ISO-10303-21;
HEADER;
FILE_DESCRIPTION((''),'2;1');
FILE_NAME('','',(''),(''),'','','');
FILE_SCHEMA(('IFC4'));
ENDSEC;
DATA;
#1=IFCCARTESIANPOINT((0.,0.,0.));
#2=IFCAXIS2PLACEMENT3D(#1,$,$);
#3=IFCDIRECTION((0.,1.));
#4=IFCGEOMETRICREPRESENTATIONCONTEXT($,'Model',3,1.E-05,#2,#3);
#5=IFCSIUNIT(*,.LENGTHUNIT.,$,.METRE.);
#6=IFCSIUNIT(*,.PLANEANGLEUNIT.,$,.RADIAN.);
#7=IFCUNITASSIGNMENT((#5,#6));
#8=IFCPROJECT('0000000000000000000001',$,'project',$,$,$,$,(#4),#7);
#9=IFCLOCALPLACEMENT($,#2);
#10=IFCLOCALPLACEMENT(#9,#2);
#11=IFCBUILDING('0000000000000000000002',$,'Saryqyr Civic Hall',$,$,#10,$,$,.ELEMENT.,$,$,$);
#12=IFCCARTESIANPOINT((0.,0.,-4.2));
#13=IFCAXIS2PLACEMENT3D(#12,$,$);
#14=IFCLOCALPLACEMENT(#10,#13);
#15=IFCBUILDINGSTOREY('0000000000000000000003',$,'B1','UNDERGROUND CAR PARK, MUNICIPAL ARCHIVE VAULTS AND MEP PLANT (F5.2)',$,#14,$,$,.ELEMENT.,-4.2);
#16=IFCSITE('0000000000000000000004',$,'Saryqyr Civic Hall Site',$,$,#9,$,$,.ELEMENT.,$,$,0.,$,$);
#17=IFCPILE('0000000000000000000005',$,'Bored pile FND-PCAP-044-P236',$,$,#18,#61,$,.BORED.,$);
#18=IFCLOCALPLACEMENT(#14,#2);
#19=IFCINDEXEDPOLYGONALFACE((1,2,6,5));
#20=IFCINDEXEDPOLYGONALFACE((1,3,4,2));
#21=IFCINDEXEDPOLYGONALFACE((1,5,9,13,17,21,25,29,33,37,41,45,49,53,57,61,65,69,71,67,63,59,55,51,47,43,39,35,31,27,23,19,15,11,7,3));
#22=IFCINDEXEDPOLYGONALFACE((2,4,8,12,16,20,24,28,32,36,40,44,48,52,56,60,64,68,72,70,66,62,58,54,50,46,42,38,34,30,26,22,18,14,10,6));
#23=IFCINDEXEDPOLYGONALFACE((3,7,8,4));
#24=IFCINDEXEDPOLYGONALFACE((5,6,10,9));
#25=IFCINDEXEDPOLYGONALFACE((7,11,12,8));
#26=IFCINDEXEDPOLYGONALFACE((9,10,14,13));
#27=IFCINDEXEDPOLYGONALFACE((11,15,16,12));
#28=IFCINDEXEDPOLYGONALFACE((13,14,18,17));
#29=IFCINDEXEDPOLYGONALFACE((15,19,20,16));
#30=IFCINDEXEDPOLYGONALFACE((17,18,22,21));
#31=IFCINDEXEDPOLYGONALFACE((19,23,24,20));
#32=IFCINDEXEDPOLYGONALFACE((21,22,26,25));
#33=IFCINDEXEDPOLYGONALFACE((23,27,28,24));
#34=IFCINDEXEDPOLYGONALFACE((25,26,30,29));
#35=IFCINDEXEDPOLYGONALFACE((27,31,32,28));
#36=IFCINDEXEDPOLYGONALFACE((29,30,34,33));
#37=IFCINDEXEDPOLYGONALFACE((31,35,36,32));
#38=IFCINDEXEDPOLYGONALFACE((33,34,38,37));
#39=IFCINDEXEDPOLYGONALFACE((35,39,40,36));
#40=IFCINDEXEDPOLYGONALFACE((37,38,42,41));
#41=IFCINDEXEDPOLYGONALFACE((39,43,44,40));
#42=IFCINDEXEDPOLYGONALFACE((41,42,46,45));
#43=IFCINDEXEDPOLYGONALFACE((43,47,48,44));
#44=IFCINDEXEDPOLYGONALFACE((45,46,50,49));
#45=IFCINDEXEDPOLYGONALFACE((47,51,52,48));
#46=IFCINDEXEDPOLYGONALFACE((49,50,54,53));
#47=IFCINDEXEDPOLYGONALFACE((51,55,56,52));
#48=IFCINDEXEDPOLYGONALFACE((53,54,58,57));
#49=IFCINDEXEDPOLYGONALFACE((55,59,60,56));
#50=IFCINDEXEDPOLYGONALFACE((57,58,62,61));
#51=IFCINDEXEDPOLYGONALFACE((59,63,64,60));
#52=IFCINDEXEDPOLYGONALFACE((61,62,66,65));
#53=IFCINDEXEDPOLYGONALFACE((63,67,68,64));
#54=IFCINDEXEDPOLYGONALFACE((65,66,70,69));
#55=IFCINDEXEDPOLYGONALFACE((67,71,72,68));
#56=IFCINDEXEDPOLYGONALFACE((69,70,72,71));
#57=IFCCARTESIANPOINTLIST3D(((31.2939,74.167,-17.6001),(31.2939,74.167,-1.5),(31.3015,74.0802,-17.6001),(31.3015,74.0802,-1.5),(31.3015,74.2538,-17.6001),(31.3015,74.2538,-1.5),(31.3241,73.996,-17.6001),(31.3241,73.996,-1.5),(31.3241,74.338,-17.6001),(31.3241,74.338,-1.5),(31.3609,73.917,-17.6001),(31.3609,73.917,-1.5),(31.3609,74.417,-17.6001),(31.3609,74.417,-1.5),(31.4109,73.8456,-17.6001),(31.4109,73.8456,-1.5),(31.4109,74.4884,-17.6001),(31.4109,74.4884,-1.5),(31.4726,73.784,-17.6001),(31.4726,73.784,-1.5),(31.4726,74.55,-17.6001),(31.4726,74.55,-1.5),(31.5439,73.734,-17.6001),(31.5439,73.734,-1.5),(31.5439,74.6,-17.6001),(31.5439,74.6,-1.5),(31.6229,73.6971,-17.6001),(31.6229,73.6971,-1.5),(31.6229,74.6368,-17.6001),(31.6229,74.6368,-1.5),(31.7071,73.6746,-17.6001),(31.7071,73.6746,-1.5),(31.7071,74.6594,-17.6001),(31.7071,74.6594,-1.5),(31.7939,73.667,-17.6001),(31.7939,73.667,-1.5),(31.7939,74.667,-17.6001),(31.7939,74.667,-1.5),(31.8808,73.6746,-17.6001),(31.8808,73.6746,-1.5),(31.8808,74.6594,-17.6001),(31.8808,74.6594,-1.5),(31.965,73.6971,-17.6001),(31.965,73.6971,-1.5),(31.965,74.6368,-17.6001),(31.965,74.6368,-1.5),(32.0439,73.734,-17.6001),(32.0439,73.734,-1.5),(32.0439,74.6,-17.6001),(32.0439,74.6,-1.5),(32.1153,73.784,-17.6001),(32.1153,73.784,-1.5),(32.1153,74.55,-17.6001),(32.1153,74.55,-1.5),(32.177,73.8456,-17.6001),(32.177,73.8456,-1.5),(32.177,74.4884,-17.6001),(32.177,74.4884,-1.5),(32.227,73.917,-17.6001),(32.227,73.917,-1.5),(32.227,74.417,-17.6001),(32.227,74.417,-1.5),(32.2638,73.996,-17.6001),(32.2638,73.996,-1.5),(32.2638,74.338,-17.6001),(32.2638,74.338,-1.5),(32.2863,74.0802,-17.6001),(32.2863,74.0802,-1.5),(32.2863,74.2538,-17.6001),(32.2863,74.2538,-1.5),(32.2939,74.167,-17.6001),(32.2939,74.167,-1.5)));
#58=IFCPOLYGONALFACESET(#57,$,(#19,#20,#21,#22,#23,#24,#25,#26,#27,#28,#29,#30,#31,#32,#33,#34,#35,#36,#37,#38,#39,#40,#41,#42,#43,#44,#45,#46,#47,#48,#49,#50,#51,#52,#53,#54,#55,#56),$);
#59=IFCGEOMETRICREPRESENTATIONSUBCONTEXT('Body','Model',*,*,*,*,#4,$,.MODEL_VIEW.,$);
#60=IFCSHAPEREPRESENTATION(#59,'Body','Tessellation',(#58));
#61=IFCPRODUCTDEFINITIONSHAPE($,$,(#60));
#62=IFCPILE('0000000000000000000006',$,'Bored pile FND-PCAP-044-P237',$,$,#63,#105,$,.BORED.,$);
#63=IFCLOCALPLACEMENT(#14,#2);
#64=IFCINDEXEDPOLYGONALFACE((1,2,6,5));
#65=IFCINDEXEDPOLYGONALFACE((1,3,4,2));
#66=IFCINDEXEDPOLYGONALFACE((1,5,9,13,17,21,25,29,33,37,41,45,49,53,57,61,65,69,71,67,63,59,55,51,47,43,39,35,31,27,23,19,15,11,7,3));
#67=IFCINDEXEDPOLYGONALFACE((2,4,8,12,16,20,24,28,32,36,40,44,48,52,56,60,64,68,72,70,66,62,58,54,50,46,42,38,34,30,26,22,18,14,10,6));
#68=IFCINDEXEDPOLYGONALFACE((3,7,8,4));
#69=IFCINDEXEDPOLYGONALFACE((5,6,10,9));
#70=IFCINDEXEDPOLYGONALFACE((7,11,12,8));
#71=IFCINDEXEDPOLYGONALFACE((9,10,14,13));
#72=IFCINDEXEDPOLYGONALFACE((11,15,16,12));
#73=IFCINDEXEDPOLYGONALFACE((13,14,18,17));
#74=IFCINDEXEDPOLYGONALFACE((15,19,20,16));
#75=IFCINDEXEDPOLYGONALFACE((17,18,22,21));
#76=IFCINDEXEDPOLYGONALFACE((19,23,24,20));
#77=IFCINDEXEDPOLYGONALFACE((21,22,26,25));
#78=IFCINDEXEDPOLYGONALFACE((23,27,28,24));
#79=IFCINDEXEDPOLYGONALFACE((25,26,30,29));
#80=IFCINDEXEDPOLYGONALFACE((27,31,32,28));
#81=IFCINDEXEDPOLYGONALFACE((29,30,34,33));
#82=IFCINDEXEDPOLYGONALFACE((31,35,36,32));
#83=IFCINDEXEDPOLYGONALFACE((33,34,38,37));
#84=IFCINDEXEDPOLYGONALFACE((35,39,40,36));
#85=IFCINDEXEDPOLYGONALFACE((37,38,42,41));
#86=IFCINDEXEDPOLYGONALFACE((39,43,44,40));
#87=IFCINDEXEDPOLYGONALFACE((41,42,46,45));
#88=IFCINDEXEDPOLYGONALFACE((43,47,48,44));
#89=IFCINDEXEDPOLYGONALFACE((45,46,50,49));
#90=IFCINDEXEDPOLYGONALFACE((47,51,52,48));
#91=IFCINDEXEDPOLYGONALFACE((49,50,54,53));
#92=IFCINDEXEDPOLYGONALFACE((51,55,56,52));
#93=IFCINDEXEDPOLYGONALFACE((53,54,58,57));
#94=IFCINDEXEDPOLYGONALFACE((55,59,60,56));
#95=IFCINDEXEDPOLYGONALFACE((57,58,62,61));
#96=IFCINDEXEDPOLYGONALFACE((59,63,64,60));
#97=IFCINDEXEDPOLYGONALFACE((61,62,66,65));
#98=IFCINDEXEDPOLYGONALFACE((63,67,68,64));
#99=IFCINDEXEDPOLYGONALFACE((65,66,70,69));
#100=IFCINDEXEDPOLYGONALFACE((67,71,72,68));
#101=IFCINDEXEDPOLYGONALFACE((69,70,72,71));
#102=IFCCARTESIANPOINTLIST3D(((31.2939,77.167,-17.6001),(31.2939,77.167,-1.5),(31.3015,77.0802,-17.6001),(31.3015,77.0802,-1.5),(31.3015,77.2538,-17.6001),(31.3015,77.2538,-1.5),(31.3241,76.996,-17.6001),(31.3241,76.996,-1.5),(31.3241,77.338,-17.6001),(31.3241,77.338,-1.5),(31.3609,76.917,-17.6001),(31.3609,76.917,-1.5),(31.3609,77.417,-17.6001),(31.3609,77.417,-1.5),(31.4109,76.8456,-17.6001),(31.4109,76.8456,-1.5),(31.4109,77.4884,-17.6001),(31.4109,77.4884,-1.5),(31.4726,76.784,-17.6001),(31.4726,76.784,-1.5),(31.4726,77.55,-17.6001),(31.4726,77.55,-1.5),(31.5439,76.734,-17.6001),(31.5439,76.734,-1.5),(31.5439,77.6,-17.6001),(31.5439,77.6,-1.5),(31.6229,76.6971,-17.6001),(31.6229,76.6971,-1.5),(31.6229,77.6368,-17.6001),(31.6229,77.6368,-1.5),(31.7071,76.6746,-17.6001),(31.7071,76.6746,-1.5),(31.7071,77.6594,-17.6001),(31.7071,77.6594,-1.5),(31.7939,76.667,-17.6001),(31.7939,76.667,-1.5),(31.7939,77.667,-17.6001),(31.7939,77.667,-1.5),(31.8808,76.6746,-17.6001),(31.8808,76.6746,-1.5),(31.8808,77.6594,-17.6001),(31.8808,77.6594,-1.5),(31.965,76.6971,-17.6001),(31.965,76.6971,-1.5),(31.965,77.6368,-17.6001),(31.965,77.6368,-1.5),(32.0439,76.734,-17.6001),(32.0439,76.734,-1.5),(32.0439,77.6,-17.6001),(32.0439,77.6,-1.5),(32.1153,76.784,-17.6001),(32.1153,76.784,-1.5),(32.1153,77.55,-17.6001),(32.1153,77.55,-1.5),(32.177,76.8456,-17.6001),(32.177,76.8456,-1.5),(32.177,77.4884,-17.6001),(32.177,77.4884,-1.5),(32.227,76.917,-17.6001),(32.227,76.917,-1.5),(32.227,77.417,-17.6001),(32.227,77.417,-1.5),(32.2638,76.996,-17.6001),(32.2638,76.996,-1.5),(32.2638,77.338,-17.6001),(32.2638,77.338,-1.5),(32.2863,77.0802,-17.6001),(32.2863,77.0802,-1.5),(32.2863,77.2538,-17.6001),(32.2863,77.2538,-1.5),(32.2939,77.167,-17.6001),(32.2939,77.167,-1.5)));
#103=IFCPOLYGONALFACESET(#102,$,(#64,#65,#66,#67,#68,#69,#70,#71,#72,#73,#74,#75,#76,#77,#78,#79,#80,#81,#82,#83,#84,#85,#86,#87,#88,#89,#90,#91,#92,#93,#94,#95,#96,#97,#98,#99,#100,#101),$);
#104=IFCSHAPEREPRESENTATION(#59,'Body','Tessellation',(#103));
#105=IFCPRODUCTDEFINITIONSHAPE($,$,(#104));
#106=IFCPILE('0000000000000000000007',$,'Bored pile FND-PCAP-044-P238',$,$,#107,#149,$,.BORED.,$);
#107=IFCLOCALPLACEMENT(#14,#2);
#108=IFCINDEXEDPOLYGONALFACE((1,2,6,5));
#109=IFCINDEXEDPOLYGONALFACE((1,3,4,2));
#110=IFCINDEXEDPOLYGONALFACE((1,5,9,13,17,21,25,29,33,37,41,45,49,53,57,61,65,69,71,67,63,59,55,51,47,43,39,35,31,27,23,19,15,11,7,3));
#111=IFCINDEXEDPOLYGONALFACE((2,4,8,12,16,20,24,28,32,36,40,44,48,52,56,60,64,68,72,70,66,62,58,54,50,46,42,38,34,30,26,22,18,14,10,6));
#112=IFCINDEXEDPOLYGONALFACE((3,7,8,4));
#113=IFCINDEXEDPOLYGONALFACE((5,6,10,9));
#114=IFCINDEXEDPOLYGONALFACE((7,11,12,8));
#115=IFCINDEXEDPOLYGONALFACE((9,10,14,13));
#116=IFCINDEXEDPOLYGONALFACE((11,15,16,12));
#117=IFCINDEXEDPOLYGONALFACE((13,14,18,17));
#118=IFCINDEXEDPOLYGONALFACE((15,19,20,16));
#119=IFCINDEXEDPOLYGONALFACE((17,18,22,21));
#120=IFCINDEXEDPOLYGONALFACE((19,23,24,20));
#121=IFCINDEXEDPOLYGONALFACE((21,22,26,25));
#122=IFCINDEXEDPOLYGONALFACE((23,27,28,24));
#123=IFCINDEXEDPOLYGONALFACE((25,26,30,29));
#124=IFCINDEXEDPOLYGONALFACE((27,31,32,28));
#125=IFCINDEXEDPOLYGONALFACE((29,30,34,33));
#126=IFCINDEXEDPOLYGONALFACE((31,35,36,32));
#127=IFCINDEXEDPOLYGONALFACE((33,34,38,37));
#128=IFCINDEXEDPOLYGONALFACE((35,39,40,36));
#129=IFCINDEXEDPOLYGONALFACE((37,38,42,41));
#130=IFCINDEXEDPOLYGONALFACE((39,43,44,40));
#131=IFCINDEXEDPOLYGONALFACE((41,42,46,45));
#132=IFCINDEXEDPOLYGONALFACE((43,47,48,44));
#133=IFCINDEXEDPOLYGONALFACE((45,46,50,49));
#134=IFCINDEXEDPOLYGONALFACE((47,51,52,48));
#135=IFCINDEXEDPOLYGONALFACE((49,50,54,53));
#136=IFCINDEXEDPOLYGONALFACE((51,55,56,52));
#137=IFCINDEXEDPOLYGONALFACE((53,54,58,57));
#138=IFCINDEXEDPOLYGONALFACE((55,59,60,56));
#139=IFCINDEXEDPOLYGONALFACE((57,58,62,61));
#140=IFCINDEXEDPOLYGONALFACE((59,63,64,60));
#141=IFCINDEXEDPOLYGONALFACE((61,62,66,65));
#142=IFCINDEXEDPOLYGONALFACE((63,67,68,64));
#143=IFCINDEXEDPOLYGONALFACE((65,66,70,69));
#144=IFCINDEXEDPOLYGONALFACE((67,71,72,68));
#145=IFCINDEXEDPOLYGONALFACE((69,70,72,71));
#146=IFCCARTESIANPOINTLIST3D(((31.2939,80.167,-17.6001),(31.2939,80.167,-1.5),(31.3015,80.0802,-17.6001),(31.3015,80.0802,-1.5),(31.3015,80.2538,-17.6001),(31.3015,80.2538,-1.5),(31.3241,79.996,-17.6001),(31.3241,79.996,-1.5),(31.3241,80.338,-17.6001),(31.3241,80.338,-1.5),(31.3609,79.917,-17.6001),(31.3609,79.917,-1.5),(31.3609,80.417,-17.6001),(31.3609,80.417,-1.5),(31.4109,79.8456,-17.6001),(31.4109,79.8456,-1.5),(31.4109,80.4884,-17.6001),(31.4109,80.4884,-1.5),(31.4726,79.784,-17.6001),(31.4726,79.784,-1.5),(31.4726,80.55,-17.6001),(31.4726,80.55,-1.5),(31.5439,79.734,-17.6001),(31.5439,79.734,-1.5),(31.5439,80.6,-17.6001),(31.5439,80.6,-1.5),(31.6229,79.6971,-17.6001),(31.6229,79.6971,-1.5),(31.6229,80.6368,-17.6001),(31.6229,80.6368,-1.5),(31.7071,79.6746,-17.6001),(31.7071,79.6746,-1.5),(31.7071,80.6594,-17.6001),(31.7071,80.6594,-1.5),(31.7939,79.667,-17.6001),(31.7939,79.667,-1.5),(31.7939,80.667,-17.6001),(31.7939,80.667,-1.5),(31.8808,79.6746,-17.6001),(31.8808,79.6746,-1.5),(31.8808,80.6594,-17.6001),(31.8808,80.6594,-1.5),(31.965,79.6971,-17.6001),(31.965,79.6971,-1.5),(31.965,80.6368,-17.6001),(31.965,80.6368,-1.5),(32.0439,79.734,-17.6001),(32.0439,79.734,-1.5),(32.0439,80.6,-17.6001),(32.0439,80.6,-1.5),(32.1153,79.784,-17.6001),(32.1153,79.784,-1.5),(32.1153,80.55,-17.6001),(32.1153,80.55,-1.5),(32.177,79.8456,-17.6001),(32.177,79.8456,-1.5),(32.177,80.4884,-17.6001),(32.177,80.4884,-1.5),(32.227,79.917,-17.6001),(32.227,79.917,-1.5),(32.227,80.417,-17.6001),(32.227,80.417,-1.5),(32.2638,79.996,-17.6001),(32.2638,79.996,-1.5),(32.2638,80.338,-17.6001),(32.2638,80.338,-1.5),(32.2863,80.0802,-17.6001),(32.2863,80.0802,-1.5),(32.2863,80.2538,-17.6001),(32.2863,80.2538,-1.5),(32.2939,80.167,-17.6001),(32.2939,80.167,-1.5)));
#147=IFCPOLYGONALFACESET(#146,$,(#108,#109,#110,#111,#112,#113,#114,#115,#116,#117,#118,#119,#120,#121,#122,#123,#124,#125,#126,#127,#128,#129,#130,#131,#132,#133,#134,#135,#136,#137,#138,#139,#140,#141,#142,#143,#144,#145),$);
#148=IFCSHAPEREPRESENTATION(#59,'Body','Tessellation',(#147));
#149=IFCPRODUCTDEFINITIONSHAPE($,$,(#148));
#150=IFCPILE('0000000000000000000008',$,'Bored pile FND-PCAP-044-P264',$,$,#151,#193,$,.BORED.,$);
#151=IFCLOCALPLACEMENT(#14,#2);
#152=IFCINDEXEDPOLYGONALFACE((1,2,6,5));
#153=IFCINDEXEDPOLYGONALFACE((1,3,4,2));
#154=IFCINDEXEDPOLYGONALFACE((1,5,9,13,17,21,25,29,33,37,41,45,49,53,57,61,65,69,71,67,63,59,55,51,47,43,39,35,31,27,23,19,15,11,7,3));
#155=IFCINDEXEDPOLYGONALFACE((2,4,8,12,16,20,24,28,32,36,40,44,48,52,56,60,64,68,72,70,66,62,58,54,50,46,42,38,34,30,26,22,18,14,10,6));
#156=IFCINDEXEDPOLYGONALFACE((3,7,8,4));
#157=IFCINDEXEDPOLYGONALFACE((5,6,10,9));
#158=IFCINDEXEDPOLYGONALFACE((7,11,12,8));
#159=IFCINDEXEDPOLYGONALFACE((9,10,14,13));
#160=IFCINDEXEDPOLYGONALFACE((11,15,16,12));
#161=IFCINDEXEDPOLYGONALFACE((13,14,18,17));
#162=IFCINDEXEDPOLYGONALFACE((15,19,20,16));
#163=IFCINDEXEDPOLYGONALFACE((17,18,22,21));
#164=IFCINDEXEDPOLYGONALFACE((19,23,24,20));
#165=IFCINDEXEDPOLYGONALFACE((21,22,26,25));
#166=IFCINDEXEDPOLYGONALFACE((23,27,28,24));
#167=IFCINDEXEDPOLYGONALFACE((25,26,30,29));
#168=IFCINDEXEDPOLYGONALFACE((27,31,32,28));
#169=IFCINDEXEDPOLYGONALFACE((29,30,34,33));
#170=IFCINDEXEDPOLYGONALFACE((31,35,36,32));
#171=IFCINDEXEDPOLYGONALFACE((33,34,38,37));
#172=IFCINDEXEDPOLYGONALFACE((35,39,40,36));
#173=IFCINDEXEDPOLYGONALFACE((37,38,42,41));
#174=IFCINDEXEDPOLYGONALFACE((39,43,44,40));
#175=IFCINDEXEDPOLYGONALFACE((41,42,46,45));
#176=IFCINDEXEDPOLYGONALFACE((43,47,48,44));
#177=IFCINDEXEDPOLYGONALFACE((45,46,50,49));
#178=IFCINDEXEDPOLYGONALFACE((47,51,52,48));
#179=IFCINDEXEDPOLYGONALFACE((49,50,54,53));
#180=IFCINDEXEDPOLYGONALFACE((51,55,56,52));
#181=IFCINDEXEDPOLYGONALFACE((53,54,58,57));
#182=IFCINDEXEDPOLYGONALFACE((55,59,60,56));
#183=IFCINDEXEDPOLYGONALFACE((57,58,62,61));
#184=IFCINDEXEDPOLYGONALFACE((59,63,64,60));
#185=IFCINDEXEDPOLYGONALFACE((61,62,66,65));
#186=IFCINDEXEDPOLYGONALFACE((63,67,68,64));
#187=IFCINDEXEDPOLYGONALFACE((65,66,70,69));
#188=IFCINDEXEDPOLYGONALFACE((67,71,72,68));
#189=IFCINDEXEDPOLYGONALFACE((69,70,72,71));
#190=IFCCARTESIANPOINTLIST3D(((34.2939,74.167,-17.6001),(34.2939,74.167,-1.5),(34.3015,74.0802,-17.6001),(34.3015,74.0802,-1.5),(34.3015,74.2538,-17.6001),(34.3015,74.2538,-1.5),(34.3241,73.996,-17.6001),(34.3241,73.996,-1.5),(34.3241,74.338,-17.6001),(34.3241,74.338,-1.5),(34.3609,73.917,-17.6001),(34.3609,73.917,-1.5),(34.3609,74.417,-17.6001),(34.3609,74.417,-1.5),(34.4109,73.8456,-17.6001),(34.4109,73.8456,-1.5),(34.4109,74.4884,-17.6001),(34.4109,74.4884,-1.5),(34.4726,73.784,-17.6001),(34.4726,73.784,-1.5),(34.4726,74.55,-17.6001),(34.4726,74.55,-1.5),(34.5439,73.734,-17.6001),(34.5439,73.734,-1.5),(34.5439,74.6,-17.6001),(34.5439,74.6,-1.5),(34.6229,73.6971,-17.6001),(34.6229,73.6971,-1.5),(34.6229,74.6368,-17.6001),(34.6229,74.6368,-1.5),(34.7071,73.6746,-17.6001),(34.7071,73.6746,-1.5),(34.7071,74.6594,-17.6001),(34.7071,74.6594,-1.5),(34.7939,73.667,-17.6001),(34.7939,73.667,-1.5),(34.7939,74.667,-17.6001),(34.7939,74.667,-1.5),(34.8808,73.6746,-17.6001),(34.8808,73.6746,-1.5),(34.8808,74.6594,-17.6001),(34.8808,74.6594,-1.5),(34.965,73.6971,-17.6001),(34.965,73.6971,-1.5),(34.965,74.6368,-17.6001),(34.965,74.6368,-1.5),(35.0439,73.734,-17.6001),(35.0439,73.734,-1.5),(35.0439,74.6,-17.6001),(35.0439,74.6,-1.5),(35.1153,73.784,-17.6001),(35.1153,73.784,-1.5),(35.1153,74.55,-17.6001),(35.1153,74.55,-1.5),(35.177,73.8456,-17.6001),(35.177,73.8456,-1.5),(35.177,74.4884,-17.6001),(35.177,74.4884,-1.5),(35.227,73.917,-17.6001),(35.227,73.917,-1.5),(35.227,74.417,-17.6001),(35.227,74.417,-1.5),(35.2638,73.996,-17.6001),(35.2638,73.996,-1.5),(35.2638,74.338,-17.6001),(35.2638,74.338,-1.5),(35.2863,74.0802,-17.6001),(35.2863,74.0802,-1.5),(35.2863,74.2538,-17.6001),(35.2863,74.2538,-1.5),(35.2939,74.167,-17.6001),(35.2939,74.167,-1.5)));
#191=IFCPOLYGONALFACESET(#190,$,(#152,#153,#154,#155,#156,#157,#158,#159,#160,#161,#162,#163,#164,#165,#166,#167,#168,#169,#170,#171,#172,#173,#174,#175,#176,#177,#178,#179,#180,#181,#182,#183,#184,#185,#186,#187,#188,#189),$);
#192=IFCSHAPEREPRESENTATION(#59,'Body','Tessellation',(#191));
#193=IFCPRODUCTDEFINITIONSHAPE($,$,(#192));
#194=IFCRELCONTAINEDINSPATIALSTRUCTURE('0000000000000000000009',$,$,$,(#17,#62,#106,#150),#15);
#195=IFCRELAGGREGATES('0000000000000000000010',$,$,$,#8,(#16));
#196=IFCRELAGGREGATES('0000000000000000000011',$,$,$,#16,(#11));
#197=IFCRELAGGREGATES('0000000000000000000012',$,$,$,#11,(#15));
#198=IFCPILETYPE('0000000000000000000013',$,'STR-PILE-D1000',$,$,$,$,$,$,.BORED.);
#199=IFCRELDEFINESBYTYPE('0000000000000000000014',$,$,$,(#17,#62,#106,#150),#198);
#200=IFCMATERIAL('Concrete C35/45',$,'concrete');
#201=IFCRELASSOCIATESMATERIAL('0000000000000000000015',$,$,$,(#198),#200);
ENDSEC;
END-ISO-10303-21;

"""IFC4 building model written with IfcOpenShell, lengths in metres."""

from ifc_helpers import new_model, si_unit, direction, frame, origin, origin_2d, place, context, subcontext, project, spatial, circle, extrude, material, material_profile, profile_set, type_object, element, save


model = new_model("IFC4")

# Units and contexts
model_context = context("Model", 3, precision=1e-05, world=origin(), true_north=direction((0.0, 1.0)))
body_context = subcontext(model_context, "Body", "Model", "MODEL_VIEW")
ifc_project = project(units=[si_unit("LENGTHUNIT", "METRE"), si_unit("PLANEANGLEUNIT", "RADIAN")], contexts=[model_context])

# Site, building, storey
site_placement = place(None, origin())
site = spatial("IfcSite", under=ifc_project, at=site_placement, Name="Saryqyr Civic Hall Site", CompositionType="ELEMENT", RefElevation=0.0)
building_placement = place(site_placement, origin())
building = spatial("IfcBuilding", under=site, at=building_placement, Name="Saryqyr Civic Hall", CompositionType="ELEMENT")
storey_placement = place(building_placement, frame((0.0, 0.0, -4.2)))
storey = spatial("IfcBuildingStorey", under=building, at=storey_placement, Name="B1", Description="UNDERGROUND CAR PARK, MUNICIPAL ARCHIVE VAULTS AND MEP PLANT (F5.2)", CompositionType="ELEMENT", Elevation=-4.2)

# Piles
ifc_material_1 = material(Name="Concrete C35/45", Category="concrete")
ifc_material_profile_1 = material_profile(ifc_material_1, circle(Radius=0.5, at=origin_2d()), Name="BORED PILE D1000")
ifc_profile_set_1 = profile_set([ifc_material_profile_1], Name="Concrete C35/45")
pile_type = type_object("IfcPileType", Name="STR-PILE-D1000", PredefinedType="BORED", material=ifc_profile_set_1)
for number, where, z_axis, x_axis, name in (
    (1, (31.7939, 74.167, -1.5), (0.0, 0.0, -1.0), (1.0, 0.0, 0.0), "Bored pile FND-PCAP-044-P236"),
    (2, (31.7939, 77.167, -1.5), (0.0, 0.0, -1.0), (1.0, 0.0, 0.0), "Bored pile FND-PCAP-044-P237"),
    (3, (31.7939, 80.167, -1.5), (0.0, 0.0, -1.0), (1.0, 0.0, 0.0), "Bored pile FND-PCAP-044-P238"),
    (4, (34.7939, 74.167, -1.5), (0.0, 0.0, -1.0), (1.0, 0.0, 0.0), "Bored pile FND-PCAP-044-P264"),
):
    element("IfcPile", number, at=place(storey_placement, frame(where, z_axis=z_axis, x_axis=x_axis)), inside=storey, type_object=pile_type, Name=name, PredefinedType="BORED", context=body_context, shape_type="SweptSolid", body=[
        extrude(circle(Radius=0.5, at=origin_2d()), origin(), (0.0, 0.0, 1.0), 16.1001),
    ])

save(model, "model.ifc")
